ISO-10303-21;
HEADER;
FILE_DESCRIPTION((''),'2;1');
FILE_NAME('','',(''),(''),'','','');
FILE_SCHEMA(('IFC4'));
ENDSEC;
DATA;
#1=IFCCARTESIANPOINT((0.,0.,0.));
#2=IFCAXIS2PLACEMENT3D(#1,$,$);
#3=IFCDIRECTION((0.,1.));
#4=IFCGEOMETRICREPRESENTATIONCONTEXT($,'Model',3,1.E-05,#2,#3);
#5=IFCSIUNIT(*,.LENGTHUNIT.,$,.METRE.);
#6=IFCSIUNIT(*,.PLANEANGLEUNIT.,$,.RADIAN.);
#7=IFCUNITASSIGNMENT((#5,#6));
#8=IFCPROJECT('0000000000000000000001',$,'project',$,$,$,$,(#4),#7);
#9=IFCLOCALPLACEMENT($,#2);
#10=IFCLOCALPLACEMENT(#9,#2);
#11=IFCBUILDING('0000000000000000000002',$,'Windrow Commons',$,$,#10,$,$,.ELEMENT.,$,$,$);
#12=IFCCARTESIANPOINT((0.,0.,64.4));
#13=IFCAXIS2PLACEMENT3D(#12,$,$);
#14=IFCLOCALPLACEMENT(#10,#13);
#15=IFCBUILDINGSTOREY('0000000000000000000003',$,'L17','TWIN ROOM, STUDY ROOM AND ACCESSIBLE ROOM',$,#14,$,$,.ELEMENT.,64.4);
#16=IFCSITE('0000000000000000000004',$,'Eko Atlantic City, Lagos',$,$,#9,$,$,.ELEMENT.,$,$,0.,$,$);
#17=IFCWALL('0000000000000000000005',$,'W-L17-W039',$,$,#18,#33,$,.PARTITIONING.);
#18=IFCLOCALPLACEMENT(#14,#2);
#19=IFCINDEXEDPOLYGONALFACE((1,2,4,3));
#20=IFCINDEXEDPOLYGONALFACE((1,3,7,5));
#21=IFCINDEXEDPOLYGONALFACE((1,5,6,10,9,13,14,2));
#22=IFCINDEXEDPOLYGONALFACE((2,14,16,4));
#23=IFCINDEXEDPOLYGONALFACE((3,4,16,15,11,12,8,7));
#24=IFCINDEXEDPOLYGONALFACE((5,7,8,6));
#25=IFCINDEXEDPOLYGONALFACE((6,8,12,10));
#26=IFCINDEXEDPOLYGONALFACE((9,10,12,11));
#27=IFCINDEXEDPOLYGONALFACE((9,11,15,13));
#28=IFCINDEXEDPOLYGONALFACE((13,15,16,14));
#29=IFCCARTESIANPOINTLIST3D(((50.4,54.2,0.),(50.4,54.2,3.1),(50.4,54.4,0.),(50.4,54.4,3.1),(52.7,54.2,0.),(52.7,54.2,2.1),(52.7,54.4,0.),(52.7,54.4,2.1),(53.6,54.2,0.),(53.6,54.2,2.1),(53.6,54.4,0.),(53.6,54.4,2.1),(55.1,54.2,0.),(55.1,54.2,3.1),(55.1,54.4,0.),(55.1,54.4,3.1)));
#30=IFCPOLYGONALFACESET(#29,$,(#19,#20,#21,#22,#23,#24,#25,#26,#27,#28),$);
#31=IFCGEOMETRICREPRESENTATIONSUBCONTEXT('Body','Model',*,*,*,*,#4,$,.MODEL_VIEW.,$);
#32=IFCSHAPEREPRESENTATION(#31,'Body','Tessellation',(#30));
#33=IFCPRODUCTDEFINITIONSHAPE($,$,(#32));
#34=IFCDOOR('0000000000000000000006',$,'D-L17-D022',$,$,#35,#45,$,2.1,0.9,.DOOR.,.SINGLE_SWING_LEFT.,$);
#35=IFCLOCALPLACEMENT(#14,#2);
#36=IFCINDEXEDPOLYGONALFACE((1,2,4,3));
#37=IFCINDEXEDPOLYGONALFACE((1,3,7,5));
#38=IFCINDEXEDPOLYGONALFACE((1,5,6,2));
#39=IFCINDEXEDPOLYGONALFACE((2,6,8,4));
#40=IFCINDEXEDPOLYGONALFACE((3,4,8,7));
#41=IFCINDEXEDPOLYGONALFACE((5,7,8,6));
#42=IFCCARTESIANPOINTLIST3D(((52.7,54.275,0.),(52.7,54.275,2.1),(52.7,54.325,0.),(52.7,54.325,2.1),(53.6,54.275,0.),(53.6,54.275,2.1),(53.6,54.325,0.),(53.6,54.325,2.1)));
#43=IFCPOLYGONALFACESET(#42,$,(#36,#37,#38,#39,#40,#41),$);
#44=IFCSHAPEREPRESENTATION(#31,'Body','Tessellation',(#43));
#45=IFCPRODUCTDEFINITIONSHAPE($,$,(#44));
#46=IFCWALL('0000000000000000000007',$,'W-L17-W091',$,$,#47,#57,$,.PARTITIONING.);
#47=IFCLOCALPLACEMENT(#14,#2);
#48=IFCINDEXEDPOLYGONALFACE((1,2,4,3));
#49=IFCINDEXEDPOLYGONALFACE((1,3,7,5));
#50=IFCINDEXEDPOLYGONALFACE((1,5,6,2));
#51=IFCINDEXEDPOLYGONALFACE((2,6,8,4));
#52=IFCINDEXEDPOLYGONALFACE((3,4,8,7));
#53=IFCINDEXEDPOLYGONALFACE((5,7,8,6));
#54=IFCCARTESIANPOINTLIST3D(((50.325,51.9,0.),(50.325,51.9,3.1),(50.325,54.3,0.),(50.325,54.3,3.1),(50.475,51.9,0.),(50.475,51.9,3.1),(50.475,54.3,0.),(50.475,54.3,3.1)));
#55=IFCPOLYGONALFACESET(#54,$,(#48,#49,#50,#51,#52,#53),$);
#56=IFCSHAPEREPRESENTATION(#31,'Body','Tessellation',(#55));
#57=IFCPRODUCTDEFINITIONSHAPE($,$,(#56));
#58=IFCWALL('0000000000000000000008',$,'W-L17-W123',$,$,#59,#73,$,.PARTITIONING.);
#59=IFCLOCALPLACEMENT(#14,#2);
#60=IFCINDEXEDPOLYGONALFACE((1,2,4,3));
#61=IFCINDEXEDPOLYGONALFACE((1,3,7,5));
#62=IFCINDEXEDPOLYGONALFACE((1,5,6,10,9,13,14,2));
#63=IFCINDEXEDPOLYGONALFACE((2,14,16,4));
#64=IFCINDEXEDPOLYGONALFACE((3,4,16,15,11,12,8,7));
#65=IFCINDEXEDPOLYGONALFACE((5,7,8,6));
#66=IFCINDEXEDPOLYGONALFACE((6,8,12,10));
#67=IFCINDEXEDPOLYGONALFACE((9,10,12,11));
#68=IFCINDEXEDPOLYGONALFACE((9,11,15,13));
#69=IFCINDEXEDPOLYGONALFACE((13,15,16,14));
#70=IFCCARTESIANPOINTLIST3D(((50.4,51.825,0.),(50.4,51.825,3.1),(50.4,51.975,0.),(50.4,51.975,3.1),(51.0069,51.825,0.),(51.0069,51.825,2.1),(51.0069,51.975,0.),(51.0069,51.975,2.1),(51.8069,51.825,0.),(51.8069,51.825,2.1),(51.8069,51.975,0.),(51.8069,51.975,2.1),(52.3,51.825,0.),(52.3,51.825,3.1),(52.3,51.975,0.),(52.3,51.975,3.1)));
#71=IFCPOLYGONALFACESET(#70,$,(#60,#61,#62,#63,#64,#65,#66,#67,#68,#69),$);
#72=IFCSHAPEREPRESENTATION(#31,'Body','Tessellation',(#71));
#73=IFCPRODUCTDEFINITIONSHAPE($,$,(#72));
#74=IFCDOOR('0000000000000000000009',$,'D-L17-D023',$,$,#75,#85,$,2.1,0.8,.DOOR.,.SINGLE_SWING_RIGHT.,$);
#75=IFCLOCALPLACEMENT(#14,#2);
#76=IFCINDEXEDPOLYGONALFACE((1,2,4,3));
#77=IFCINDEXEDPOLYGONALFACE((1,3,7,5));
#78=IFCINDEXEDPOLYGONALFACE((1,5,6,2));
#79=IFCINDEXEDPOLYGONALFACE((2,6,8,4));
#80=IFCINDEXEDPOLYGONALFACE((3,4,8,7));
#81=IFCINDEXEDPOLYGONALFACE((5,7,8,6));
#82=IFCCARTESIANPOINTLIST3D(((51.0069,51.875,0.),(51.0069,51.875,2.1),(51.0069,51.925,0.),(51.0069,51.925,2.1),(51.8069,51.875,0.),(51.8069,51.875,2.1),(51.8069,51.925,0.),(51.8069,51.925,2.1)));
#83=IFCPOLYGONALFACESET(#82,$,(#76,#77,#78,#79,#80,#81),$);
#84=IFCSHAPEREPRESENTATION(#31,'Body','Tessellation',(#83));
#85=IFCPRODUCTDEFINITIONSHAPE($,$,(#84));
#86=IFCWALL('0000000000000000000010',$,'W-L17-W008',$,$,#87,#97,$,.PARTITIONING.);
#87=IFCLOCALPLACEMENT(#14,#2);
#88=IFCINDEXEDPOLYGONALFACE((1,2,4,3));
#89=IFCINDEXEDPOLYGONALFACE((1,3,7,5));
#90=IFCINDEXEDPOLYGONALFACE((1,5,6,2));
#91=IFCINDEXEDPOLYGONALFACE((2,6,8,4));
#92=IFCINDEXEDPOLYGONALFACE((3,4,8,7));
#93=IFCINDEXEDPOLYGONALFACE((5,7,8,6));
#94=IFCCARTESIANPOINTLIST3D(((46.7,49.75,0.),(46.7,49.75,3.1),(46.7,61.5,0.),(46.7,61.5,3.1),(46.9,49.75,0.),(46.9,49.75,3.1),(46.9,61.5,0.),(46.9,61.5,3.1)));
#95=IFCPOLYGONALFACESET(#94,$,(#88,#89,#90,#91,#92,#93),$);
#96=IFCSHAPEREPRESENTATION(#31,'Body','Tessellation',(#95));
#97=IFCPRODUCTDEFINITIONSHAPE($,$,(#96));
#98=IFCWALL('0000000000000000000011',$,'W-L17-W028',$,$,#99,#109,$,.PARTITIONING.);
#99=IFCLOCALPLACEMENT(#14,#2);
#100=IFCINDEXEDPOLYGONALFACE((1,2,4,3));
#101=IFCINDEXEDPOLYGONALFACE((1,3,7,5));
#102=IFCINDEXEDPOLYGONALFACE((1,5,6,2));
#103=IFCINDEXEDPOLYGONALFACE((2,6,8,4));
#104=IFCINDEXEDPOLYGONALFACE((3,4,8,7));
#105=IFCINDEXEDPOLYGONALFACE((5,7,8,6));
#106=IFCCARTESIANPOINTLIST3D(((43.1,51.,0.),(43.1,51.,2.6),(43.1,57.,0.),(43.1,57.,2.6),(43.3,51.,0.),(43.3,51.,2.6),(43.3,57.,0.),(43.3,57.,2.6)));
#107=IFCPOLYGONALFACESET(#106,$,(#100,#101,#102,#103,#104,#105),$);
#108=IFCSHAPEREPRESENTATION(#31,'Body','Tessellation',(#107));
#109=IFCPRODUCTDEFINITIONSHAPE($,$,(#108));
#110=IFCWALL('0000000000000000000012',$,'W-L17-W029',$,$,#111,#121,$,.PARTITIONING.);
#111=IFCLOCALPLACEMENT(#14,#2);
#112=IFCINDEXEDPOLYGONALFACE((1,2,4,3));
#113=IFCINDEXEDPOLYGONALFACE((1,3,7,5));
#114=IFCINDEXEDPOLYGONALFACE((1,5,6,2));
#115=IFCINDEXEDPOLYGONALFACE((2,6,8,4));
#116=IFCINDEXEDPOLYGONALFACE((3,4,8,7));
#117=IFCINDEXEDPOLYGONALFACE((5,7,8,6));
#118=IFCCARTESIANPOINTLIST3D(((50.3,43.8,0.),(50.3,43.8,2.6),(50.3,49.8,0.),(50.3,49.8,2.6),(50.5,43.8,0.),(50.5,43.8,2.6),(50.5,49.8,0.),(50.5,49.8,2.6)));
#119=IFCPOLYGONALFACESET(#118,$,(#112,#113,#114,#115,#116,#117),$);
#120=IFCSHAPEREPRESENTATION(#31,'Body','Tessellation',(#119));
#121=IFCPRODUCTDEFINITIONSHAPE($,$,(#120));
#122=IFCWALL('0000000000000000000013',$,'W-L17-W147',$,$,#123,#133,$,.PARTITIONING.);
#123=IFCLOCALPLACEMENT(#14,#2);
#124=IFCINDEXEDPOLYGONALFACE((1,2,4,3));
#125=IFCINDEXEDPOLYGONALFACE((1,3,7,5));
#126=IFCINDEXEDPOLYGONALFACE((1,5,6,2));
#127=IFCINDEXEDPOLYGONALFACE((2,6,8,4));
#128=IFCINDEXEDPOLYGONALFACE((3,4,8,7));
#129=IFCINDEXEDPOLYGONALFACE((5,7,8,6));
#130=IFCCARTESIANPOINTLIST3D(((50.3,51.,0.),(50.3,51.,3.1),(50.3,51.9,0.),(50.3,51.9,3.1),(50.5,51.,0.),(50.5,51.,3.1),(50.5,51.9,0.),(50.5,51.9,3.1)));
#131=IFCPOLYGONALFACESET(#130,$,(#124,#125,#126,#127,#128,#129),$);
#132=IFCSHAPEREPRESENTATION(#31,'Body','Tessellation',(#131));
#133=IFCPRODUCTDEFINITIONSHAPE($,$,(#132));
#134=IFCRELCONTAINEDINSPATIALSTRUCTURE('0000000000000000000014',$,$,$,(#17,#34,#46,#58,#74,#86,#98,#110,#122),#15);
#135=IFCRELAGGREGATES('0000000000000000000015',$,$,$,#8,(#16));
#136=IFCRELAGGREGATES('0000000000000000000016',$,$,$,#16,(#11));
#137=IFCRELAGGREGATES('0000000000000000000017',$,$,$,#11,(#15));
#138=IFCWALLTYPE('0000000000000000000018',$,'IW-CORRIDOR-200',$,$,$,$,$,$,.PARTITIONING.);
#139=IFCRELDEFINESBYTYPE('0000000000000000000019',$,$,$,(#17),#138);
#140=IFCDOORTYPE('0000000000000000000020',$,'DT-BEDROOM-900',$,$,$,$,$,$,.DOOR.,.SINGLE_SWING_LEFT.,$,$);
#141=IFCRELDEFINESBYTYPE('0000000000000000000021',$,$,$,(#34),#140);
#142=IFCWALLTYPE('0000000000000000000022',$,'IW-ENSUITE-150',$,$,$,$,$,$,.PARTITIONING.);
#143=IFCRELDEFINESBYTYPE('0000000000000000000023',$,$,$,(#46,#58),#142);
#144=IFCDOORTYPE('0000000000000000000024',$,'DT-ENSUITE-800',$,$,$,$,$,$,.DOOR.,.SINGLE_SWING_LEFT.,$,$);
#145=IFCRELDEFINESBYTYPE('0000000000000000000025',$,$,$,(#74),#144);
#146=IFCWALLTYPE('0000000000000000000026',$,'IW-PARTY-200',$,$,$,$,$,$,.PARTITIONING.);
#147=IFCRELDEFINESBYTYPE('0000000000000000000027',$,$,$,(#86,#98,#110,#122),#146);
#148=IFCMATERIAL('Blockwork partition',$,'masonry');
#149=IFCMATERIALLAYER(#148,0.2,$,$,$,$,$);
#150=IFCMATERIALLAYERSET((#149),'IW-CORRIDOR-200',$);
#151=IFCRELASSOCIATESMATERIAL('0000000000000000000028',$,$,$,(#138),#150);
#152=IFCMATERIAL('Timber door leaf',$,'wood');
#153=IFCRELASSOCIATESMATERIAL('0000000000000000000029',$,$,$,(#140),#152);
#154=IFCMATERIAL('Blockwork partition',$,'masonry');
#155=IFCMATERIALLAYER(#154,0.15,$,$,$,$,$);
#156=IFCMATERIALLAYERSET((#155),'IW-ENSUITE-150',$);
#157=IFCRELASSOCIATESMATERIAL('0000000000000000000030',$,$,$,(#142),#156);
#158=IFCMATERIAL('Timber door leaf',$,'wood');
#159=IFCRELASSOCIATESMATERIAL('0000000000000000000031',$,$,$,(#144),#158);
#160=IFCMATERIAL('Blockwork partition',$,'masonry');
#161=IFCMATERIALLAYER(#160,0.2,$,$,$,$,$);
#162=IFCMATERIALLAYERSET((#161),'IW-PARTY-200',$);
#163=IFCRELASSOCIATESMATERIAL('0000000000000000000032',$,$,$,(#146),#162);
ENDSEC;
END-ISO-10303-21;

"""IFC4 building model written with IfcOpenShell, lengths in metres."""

from ifc_helpers import new_model, si_unit, direction, frame, frame_2d, origin, place, context, subcontext, project, spatial, rectangle, extrude, material, layer, layer_set, type_object, element, fill, save


model = new_model("IFC4")

# Units and contexts
model_context = context("Model", 3, precision=1e-05, world=origin(), true_north=direction((0.0, 1.0)))
body_context = subcontext(model_context, "Body", "Model", "MODEL_VIEW")
ifc_project = project(units=[si_unit("LENGTHUNIT", "METRE"), si_unit("PLANEANGLEUNIT", "RADIAN")], contexts=[model_context])

# Site, building, storey
site_placement = place(None, origin())
site = spatial("IfcSite", under=ifc_project, at=site_placement, Name="Eko Atlantic City, Lagos", CompositionType="ELEMENT", RefElevation=0.0)
building_placement = place(site_placement, origin())
building = spatial("IfcBuilding", under=site, at=building_placement, Name="Windrow Commons", CompositionType="ELEMENT")
storey_placement = place(building_placement, frame((0.0, 0.0, 64.4)))
storey = spatial("IfcBuildingStorey", under=building, at=storey_placement, Name="L17", Description="TWIN ROOM, STUDY ROOM AND ACCESSIBLE ROOM", CompositionType="ELEMENT", Elevation=64.4)

# Wall, opening, door
ifc_material_1 = material(Name="Blockwork partition", Category="masonry")
ifc_layer_1 = layer(ifc_material_1, 0.2)
ifc_layer_set_1 = layer_set([ifc_layer_1], Name="IW-CORRIDOR-200")
wall_type_1 = type_object("IfcWallType", Name="IW-CORRIDOR-200", PredefinedType="PARTITIONING", material=ifc_layer_set_1)
wall_1_placement = place(storey_placement, frame((50.4, 54.3, 0.0), z_axis=(0.0, 0.0, 1.0), x_axis=(1.0, 0.0, 0.0)))
wall_1 = element("IfcWall", 1, at=wall_1_placement, inside=storey, type_object=wall_type_1, Name="W-L17-W039", PredefinedType="PARTITIONING", context=body_context, shape_type="SweptSolid", body=[
    extrude(rectangle(XDim=4.7, YDim=0.2, at=frame_2d((2.35, 0.0))), origin(), (0.0, 0.0, 1.0), 3.1),
])
opening_1_placement = place(wall_1_placement, frame((2.3, 0.0, 0.0)))
opening_1 = element("IfcOpeningElement", 2, at=opening_1_placement, cuts=wall_1, PredefinedType="OPENING", context=body_context, shape_type="SweptSolid", body=[
    extrude(rectangle(XDim=0.9, YDim=2.1, at=frame_2d((0.45, 1.05))), frame((0.0, 0.11, 0.0), z_axis=(0.0, -1.0, 0.0), x_axis=(1.0, 0.0, 0.0)), (0.0, 0.0, 1.0), 0.22),
])
ifc_material_2 = material(Name="Timber door leaf", Category="wood")
door_type_1 = type_object("IfcDoorType", Name="DT-BEDROOM-900", OperationType="SINGLE_SWING_LEFT", PredefinedType="DOOR", material=ifc_material_2)
door_1_placement = place(opening_1_placement, origin())
door_1 = element("IfcDoor", 3, at=door_1_placement, inside=storey, type_object=door_type_1, Name="D-L17-D022", OperationType="SINGLE_SWING_LEFT", OverallHeight=2.1, OverallWidth=0.9, PredefinedType="DOOR", context=body_context, shape_type="SweptSolid", body=[
    extrude(rectangle(XDim=0.9, YDim=2.1, at=frame_2d((0.45, 1.05))), frame((0.0, 0.025, 0.0), z_axis=(0.0, -1.0, 0.0), x_axis=(1.0, 0.0, 0.0)), (0.0, 0.0, 1.0), 0.05),
])
fill(opening_1, door_1)

# Wall
ifc_material_3 = material(Name="Blockwork partition", Category="masonry")
ifc_layer_2 = layer(ifc_material_3, 0.15)
ifc_layer_set_2 = layer_set([ifc_layer_2], Name="IW-ENSUITE-150")
wall_type_2 = type_object("IfcWallType", Name="IW-ENSUITE-150", PredefinedType="PARTITIONING", material=ifc_layer_set_2)
wall_2_placement = place(storey_placement, frame((50.4, 51.9, 0.0), z_axis=(0.0, 0.0, 1.0), x_axis=(0.0, 1.0, 0.0)))
element("IfcWall", 4, at=wall_2_placement, inside=storey, type_object=wall_type_2, Name="W-L17-W091", PredefinedType="PARTITIONING", context=body_context, shape_type="SweptSolid", body=[
    extrude(rectangle(XDim=2.4, YDim=0.15, at=frame_2d((1.2, 0.0))), origin(), (0.0, 0.0, 1.0), 3.1),
])

# Wall, opening, door
wall_3_placement = place(storey_placement, frame((50.4, 51.9, 0.0), z_axis=(0.0, 0.0, 1.0), x_axis=(1.0, 0.0, 0.0)))
wall_3 = element("IfcWall", 5, at=wall_3_placement, inside=storey, type_object=wall_type_2, Name="W-L17-W123", PredefinedType="PARTITIONING", context=body_context, shape_type="SweptSolid", body=[
    extrude(rectangle(XDim=1.9, YDim=0.15, at=frame_2d((0.95, 0.0))), origin(), (0.0, 0.0, 1.0), 3.1),
])
opening_2_placement = place(wall_3_placement, frame((0.6069, 0.0, 0.0)))
opening_2 = element("IfcOpeningElement", 6, at=opening_2_placement, cuts=wall_3, PredefinedType="OPENING", context=body_context, shape_type="SweptSolid", body=[
    extrude(rectangle(XDim=0.8, YDim=2.1, at=frame_2d((0.4, 1.05))), frame((0.0, 0.085, 0.0), z_axis=(0.0, -1.0, 0.0), x_axis=(1.0, 0.0, 0.0)), (0.0, 0.0, 1.0), 0.17),
])
ifc_material_4 = material(Name="Timber door leaf", Category="wood")
door_type_2 = type_object("IfcDoorType", Name="DT-ENSUITE-800", OperationType="SINGLE_SWING_LEFT", PredefinedType="DOOR", material=ifc_material_4)
door_2_placement = place(opening_2_placement, origin())
door_2 = element("IfcDoor", 7, at=door_2_placement, inside=storey, type_object=door_type_2, Name="D-L17-D023", OperationType="SINGLE_SWING_RIGHT", OverallHeight=2.1, OverallWidth=0.8, PredefinedType="DOOR", context=body_context, shape_type="SweptSolid", body=[
    extrude(rectangle(XDim=0.8, YDim=2.1, at=frame_2d((0.4, 1.05))), frame((0.0, 0.025, 0.0), z_axis=(0.0, -1.0, 0.0), x_axis=(1.0, 0.0, 0.0)), (0.0, 0.0, 1.0), 0.05),
])
fill(opening_2, door_2)

# Walls
ifc_material_5 = material(Name="Blockwork partition", Category="masonry")
ifc_layer_3 = layer(ifc_material_5, 0.2)
ifc_layer_set_3 = layer_set([ifc_layer_3], Name="IW-PARTY-200")
wall_type_3 = type_object("IfcWallType", Name="IW-PARTY-200", PredefinedType="PARTITIONING", material=ifc_layer_set_3)
wall_4_placement = place(storey_placement, frame((46.8, 49.75, 0.0), z_axis=(0.0, 0.0, 1.0), x_axis=(0.0, 1.0, 0.0)))
element("IfcWall", 8, at=wall_4_placement, inside=storey, type_object=wall_type_3, Name="W-L17-W008", PredefinedType="PARTITIONING", context=body_context, shape_type="SweptSolid", body=[
    extrude(rectangle(XDim=11.75, YDim=0.2, at=frame_2d((5.875, 0.0))), origin(), (0.0, 0.0, 1.0), 3.1),
])
for number, where, z_axis, x_axis, name in (
    (9, (43.2, 51.0, 0.0), (0.0, 0.0, 1.0), (0.0, 1.0, 0.0), "W-L17-W028"),
    (10, (50.4, 43.8, 0.0), (0.0, 0.0, 1.0), (0.0, 1.0, 0.0), "W-L17-W029"),
):
    element("IfcWall", number, at=place(storey_placement, frame(where, z_axis=z_axis, x_axis=x_axis)), inside=storey, type_object=wall_type_3, Name=name, PredefinedType="PARTITIONING", context=body_context, shape_type="SweptSolid", body=[
        extrude(rectangle(XDim=6.0, YDim=0.2, at=frame_2d((3.0, 0.0))), origin(), (0.0, 0.0, 1.0), 2.6),
    ])
wall_5_placement = place(storey_placement, frame((50.4, 51.0, 0.0), z_axis=(0.0, 0.0, 1.0), x_axis=(0.0, 1.0, 0.0)))
element("IfcWall", 11, at=wall_5_placement, inside=storey, type_object=wall_type_3, Name="W-L17-W147", PredefinedType="PARTITIONING", context=body_context, shape_type="SweptSolid", body=[
    extrude(rectangle(XDim=0.9, YDim=0.2, at=frame_2d((0.45, 0.0))), origin(), (0.0, 0.0, 1.0), 3.1),
])

save(model, "model.ifc")
